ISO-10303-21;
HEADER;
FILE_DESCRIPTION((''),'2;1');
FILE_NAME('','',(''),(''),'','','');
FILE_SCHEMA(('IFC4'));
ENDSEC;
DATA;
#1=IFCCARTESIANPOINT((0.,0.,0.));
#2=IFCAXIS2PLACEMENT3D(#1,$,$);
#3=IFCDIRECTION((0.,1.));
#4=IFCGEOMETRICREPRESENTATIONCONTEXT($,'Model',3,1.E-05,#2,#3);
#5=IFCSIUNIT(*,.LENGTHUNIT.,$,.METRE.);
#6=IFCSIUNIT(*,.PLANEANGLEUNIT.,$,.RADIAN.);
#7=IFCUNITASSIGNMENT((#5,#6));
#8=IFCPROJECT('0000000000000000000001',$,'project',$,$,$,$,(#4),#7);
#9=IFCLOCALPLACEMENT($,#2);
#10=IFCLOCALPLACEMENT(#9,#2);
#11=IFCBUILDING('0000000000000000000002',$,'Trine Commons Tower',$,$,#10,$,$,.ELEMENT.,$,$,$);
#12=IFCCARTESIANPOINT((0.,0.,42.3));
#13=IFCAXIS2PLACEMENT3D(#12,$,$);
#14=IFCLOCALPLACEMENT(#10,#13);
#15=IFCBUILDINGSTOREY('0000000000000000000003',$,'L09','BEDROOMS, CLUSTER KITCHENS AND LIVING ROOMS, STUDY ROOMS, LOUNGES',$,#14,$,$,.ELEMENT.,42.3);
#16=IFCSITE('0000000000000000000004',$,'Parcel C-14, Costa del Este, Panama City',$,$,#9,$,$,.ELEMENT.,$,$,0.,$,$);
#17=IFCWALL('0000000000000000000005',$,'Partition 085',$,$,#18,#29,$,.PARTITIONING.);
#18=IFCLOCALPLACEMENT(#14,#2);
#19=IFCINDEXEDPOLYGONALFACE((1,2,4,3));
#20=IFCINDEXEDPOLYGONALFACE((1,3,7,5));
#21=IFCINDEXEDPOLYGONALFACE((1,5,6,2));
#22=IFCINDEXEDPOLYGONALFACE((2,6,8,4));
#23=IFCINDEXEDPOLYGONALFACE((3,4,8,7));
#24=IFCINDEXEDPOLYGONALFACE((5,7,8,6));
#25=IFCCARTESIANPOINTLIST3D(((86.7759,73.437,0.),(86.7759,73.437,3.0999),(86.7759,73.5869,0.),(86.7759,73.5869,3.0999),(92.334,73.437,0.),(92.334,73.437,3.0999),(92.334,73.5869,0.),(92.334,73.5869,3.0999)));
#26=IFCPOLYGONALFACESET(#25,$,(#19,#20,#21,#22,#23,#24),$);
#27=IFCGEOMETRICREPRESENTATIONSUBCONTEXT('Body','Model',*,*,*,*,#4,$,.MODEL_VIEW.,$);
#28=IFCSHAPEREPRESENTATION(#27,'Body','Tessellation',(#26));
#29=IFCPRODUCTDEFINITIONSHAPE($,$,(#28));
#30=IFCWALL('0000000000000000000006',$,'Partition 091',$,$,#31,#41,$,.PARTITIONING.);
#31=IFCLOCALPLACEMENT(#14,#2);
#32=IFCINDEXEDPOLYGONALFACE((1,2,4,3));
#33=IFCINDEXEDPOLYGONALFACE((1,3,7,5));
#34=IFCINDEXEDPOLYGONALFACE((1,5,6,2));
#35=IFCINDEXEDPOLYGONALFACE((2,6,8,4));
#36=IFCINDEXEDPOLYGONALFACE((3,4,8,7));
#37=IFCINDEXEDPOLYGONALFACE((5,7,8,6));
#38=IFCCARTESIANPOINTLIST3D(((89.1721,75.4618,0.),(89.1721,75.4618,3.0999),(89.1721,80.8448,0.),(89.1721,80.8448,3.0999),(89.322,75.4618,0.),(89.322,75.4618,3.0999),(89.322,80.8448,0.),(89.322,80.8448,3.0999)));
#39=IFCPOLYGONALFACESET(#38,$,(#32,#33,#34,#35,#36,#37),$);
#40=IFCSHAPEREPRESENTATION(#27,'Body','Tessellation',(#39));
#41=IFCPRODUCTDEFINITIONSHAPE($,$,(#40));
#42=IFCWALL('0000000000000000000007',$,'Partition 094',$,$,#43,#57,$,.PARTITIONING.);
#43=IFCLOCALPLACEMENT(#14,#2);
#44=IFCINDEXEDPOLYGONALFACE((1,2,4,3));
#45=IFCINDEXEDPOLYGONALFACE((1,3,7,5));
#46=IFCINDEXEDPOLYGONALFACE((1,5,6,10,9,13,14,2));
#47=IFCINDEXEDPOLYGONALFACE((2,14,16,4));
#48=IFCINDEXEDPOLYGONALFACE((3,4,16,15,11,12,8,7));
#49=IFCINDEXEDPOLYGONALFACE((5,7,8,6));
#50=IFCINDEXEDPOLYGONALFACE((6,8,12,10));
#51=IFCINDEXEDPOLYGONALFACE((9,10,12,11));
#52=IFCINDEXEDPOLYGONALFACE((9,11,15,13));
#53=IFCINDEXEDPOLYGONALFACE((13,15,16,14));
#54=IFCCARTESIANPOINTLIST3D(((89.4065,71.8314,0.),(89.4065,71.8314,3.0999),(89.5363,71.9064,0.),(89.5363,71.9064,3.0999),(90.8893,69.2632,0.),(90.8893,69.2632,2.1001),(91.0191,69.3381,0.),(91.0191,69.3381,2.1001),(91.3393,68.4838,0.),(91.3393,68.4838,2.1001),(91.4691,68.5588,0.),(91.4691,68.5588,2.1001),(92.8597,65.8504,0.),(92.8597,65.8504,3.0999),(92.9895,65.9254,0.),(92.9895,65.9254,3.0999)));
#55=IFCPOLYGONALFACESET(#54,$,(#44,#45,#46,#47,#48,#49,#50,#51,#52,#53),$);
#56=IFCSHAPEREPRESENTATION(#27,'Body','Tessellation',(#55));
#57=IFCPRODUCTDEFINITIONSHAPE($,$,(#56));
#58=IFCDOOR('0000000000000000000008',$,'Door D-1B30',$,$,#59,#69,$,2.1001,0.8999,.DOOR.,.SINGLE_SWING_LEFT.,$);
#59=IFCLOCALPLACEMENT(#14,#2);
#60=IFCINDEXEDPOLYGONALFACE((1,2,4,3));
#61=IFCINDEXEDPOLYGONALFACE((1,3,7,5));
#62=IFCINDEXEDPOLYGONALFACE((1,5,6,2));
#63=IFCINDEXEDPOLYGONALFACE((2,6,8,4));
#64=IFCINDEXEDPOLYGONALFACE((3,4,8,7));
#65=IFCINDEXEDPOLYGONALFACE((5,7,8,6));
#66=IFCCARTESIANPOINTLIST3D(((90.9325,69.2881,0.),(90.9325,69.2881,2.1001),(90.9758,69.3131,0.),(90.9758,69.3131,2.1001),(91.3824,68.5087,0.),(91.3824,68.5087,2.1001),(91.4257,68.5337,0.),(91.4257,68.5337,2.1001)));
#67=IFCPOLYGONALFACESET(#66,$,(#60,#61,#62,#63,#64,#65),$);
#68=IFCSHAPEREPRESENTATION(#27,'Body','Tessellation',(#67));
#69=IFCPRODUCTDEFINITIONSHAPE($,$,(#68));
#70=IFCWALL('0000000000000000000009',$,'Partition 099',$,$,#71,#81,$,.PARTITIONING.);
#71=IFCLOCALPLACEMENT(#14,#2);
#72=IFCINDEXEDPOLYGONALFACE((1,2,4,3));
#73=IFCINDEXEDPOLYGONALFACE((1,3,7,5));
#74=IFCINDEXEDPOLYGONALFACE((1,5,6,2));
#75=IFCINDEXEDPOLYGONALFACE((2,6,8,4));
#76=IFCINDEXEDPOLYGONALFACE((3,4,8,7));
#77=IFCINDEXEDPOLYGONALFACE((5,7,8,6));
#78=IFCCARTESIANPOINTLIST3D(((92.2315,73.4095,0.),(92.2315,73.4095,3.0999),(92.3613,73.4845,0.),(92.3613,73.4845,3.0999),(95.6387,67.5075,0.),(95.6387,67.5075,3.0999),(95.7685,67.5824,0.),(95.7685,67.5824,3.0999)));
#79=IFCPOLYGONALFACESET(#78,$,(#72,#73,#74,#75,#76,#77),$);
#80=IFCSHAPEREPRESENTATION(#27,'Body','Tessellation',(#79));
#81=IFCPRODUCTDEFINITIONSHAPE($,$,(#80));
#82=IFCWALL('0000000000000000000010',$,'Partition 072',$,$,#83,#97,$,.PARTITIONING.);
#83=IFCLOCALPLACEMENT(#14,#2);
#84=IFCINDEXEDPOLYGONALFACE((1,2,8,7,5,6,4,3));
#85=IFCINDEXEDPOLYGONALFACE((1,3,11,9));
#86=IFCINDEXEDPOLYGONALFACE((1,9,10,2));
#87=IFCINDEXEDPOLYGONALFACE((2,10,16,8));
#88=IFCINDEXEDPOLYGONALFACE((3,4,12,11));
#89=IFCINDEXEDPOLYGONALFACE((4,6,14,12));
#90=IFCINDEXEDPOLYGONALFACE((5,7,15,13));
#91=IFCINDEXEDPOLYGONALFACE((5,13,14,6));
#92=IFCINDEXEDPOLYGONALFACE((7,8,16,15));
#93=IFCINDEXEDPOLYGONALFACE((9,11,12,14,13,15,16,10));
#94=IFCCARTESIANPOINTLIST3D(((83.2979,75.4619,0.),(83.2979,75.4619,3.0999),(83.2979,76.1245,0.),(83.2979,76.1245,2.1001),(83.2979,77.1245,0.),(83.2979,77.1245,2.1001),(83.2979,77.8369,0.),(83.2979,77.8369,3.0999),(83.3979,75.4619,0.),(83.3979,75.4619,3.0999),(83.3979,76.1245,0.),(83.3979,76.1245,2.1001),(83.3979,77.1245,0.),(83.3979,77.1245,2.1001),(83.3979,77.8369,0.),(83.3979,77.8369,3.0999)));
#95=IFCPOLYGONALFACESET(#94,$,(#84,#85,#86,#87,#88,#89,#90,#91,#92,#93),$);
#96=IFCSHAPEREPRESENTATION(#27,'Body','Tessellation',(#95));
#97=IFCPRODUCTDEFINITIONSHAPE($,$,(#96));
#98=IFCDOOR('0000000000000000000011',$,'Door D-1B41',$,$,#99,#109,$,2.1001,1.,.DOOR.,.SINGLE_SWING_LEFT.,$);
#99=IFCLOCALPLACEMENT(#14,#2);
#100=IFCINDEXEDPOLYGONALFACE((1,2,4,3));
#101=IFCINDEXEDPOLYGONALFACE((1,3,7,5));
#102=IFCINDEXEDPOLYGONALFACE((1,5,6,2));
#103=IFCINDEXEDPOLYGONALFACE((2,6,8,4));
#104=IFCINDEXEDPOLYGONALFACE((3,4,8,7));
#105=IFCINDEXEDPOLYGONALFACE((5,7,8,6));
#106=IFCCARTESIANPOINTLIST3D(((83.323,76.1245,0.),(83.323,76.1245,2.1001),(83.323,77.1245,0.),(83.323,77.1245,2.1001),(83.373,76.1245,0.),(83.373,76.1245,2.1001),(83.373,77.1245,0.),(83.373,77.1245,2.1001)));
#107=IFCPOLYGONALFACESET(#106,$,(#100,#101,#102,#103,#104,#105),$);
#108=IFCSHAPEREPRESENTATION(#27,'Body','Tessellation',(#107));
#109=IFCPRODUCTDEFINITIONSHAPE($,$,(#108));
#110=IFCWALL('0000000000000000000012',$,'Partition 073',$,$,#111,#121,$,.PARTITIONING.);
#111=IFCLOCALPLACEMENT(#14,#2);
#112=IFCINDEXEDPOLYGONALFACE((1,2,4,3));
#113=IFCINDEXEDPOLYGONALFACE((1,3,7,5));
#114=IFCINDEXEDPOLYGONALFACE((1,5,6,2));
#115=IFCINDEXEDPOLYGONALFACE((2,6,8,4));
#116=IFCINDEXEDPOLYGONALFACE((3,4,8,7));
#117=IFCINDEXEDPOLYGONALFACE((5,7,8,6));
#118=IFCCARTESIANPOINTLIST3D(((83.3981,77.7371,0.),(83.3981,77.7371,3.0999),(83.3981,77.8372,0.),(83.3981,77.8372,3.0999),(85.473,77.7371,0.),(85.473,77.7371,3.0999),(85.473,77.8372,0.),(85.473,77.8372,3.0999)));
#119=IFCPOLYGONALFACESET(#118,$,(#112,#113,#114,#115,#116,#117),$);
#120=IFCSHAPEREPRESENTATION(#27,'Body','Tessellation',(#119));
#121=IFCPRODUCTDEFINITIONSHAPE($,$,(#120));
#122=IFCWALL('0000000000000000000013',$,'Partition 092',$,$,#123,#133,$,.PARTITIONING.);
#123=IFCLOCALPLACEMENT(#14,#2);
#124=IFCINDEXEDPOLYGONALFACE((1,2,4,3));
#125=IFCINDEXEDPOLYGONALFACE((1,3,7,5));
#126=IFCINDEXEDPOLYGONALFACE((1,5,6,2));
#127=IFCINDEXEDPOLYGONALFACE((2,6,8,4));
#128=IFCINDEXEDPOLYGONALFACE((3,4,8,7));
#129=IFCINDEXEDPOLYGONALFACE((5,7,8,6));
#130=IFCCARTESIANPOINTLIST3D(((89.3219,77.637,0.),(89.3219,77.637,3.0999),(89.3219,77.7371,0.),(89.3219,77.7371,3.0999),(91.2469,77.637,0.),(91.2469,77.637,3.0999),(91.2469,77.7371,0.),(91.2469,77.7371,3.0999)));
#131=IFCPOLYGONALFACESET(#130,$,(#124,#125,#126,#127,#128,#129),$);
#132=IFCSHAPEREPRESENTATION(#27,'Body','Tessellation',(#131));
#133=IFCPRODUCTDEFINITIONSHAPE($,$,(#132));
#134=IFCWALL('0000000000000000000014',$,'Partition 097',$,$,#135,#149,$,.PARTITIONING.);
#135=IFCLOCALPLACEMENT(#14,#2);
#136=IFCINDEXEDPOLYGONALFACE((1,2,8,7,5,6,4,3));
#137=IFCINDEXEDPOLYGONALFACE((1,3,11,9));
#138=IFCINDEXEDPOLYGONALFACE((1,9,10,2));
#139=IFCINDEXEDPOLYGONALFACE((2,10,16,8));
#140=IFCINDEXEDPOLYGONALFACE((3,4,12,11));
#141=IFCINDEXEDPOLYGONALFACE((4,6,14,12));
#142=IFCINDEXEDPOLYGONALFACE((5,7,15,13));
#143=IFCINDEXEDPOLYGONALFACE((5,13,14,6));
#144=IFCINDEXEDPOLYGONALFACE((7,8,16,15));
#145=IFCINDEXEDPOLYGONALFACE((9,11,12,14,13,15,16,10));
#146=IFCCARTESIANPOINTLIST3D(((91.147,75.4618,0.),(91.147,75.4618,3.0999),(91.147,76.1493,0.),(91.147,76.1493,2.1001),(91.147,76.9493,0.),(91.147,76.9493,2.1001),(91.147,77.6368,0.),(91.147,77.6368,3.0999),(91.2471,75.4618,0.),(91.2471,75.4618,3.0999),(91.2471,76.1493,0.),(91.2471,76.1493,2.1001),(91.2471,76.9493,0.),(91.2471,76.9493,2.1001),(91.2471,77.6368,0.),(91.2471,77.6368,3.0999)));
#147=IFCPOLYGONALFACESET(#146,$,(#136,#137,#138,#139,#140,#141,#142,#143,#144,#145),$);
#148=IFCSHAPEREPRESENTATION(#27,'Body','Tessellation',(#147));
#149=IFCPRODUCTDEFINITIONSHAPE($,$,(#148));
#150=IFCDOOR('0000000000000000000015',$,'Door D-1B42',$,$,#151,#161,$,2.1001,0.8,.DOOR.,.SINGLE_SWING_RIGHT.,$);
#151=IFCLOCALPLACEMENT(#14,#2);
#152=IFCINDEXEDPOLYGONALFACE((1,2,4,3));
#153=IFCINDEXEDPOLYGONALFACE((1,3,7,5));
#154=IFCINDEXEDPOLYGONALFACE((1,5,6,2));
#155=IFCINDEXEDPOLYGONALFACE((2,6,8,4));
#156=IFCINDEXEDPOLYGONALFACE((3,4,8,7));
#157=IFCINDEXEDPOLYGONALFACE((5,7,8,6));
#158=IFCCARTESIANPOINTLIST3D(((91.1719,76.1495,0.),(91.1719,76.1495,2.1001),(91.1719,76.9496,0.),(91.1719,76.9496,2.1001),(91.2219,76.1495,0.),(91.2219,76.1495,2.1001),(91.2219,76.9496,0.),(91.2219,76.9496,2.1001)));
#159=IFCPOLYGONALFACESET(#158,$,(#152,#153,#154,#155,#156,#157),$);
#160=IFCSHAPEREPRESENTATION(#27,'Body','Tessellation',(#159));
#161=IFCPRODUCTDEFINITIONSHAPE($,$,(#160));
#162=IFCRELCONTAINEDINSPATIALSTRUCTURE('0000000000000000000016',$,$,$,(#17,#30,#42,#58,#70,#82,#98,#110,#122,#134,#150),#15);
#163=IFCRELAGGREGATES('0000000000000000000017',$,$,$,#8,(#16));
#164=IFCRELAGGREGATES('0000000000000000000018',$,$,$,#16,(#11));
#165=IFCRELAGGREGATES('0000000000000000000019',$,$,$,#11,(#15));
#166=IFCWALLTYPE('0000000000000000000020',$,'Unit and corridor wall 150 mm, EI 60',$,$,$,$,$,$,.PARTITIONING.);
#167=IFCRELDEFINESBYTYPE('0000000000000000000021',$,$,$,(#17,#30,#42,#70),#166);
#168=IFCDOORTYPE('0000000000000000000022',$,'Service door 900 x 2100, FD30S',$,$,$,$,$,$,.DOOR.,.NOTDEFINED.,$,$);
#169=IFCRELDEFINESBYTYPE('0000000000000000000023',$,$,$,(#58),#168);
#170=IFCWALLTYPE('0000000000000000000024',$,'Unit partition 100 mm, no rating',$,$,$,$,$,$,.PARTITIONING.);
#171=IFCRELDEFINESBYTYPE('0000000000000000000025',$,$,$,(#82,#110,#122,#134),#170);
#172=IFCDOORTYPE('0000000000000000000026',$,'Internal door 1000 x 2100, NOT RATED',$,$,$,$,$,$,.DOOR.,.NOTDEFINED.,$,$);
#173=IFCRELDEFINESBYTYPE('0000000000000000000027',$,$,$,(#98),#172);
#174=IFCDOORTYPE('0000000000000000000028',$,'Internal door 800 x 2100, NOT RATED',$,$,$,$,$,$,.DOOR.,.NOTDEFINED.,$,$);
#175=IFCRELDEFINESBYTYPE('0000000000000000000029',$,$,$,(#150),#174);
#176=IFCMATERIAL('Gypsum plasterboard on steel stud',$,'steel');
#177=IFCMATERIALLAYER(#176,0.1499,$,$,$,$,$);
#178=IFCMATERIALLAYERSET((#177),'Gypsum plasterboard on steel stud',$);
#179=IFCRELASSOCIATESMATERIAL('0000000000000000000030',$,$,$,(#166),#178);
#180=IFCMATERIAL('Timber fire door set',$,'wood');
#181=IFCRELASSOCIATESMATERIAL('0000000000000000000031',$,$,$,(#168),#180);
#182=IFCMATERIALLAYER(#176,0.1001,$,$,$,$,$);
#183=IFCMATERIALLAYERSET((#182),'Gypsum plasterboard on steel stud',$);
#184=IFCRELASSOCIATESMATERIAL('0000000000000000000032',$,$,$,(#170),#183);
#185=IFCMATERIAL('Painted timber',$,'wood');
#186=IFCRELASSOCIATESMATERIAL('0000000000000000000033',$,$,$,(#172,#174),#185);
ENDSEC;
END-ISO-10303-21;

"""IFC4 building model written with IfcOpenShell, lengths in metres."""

from ifc_helpers import new_model, si_unit, direction, frame, frame_2d, origin, place, context, subcontext, project, spatial, rectangle, extrude, material, layer, layer_set, type_object, element, fill, save


model = new_model("IFC4")

# Units and contexts
model_context = context("Model", 3, precision=1e-05, world=origin(), true_north=direction((0.0, 1.0)))
body_context = subcontext(model_context, "Body", "Model", "MODEL_VIEW")
ifc_project = project(units=[si_unit("LENGTHUNIT", "METRE"), si_unit("PLANEANGLEUNIT", "RADIAN")], contexts=[model_context])

# Site, building, storey
site_placement = place(None, origin())
site = spatial("IfcSite", under=ifc_project, at=site_placement, Name="Parcel C-14, Costa del Este, Panama City", CompositionType="ELEMENT", RefElevation=0.0)
building_placement = place(site_placement, origin())
building = spatial("IfcBuilding", under=site, at=building_placement, Name="Trine Commons Tower", CompositionType="ELEMENT")
storey_placement = place(building_placement, frame((0.0, 0.0, 42.3)))
storey = spatial("IfcBuildingStorey", under=building, at=storey_placement, Name="L09", Description="BEDROOMS, CLUSTER KITCHENS AND LIVING ROOMS, STUDY ROOMS, LOUNGES", CompositionType="ELEMENT", Elevation=42.3)

# Walls
ifc_material_1 = material(Name="Gypsum plasterboard on steel stud", Category="steel")
ifc_layer_1 = layer(ifc_material_1, 0.1499)
ifc_layer_set_1 = layer_set([ifc_layer_1], Name="Gypsum plasterboard on steel stud")
wall_type_1 = type_object("IfcWallType", Name="Unit and corridor wall 150 mm, EI 60", PredefinedType="PARTITIONING", material=ifc_layer_set_1)
wall_1_placement = place(storey_placement, frame((86.7759, 73.512, 0.0), z_axis=(0.0, 0.0, 1.0), x_axis=(1.0, 0.0, 0.0)))
element("IfcWall", 1, at=wall_1_placement, inside=storey, type_object=wall_type_1, Name="Partition 085", PredefinedType="PARTITIONING", context=body_context, shape_type="SweptSolid", body=[
    extrude(rectangle(XDim=5.5581, YDim=0.1499, at=frame_2d((2.7791, 0.0))), origin(), (0.0, 0.0, 1.0), 3.0999),
])
wall_2_placement = place(storey_placement, frame((89.2471, 75.4619, 0.0), z_axis=(0.0, 0.0, 1.0), x_axis=(0.0, 1.0, 0.0)))
element("IfcWall", 2, at=wall_2_placement, inside=storey, type_object=wall_type_1, Name="Partition 091", PredefinedType="PARTITIONING", context=body_context, shape_type="SweptSolid", body=[
    extrude(rectangle(XDim=5.3831, YDim=0.1499, at=frame_2d((2.6914, 0.0))), origin(), (0.0, 0.0, 1.0), 3.0999),
])

# Wall, opening, door
wall_3_placement = place(storey_placement, frame((89.4714, 71.8689, 0.0), z_axis=(0.0, 0.0, 1.0), x_axis=(0.500002, -0.866024, 0.0)))
wall_3 = element("IfcWall", 3, at=wall_3_placement, inside=storey, type_object=wall_type_1, Name="Partition 094", PredefinedType="PARTITIONING", context=body_context, shape_type="SweptSolid", body=[
    extrude(rectangle(XDim=6.9062, YDim=0.1499, at=frame_2d((3.4531, 0.0))), origin(), (0.0, 0.0, 1.0), 3.0999),
])
opening_1_placement = place(wall_3_placement, frame((2.9656, 0.0, 0.0)))
opening_1 = element("IfcOpeningElement", 4, at=opening_1_placement, cuts=wall_3, PredefinedType="OPENING", context=body_context, shape_type="SweptSolid", body=[
    extrude(rectangle(XDim=0.8999, YDim=2.1001, at=frame_2d((0.45, 1.05))), frame((0.0, 0.085, 0.0), z_axis=(0.0, -1.0, 0.0), x_axis=(1.0, 0.0, 0.0)), (0.0, 0.0, 1.0), 0.1699),
])
ifc_material_2 = material(Name="Timber fire door set", Category="wood")
door_type_1 = type_object("IfcDoorType", Name="Service door 900 x 2100, FD30S", OperationType="NOTDEFINED", PredefinedType="DOOR", material=ifc_material_2)
door_1_placement = place(opening_1_placement, origin())
door_1 = element("IfcDoor", 5, at=door_1_placement, inside=storey, type_object=door_type_1, Name="Door D-1B30", OperationType="SINGLE_SWING_LEFT", OverallHeight=2.1001, OverallWidth=0.8999, PredefinedType="DOOR", context=body_context, shape_type="SweptSolid", body=[
    extrude(rectangle(XDim=0.8999, YDim=2.1001, at=frame_2d((0.45, 1.05))), frame((0.0, 0.0249, 0.0), z_axis=(0.0, -1.0, 0.0), x_axis=(1.0, 0.0, 0.0)), (0.0, 0.0, 1.0), 0.05),
])
fill(opening_1, door_1)

# Wall
wall_4_placement = place(storey_placement, frame((92.2964, 73.447, 0.0), z_axis=(0.0, 0.0, 1.0), x_axis=(0.499961, -0.866048, 0.0)))
element("IfcWall", 6, at=wall_4_placement, inside=storey, type_object=wall_type_1, Name="Partition 099", PredefinedType="PARTITIONING", context=body_context, shape_type="SweptSolid", body=[
    extrude(rectangle(XDim=6.8149, YDim=0.1499, at=frame_2d((3.4075, 0.0))), origin(), (0.0, 0.0, 1.0), 3.0999),
])

# Wall, opening, door
ifc_layer_2 = layer(ifc_material_1, 0.1001)
ifc_layer_set_2 = layer_set([ifc_layer_2], Name="Gypsum plasterboard on steel stud")
wall_type_2 = type_object("IfcWallType", Name="Unit partition 100 mm, no rating", PredefinedType="PARTITIONING", material=ifc_layer_set_2)
wall_5_placement = place(storey_placement, frame((83.3479, 75.4619, 0.0), z_axis=(0.0, 0.0, 1.0), x_axis=(0.0, 1.0, 0.0)))
wall_5 = element("IfcWall", 7, at=wall_5_placement, inside=storey, type_object=wall_type_2, Name="Partition 072", PredefinedType="PARTITIONING", context=body_context, shape_type="SweptSolid", body=[
    extrude(rectangle(XDim=2.375, YDim=0.1001, at=frame_2d((1.1875, 0.0))), origin(), (0.0, 0.0, 1.0), 3.0999),
])
opening_2_placement = place(wall_5_placement, frame((0.6626, 0.0, 0.0)))
opening_2 = element("IfcOpeningElement", 8, at=opening_2_placement, cuts=wall_5, PredefinedType="OPENING", context=body_context, shape_type="SweptSolid", body=[
    extrude(rectangle(XDim=1.0, YDim=2.1001, at=frame_2d((0.5, 1.05))), frame((0.0, 0.0601, 0.0), z_axis=(0.0, -1.0, 0.0), x_axis=(1.0, 0.0, 0.0)), (0.0, 0.0, 1.0), 0.1201),
])
ifc_material_3 = material(Name="Painted timber", Category="wood")
door_type_2 = type_object("IfcDoorType", Name="Internal door 1000 x 2100, NOT RATED", OperationType="NOTDEFINED", PredefinedType="DOOR", material=ifc_material_3)
door_2_placement = place(opening_2_placement, origin())
door_2 = element("IfcDoor", 9, at=door_2_placement, inside=storey, type_object=door_type_2, Name="Door D-1B41", OperationType="SINGLE_SWING_LEFT", OverallHeight=2.1001, OverallWidth=1.0, PredefinedType="DOOR", context=body_context, shape_type="SweptSolid", body=[
    extrude(rectangle(XDim=1.0, YDim=2.1001, at=frame_2d((0.5, 1.05))), frame((0.0, 0.0249, 0.0), z_axis=(0.0, -1.0, 0.0), x_axis=(1.0, 0.0, 0.0)), (0.0, 0.0, 1.0), 0.05),
])
fill(opening_2, door_2)

# Walls
wall_6_placement = place(storey_placement, frame((83.3979, 77.7871, 0.0), z_axis=(0.0, 0.0, 1.0), x_axis=(1.0, 0.0, 0.0)))
element("IfcWall", 10, at=wall_6_placement, inside=storey, type_object=wall_type_2, Name="Partition 073", PredefinedType="PARTITIONING", context=body_context, shape_type="SweptSolid", body=[
    extrude(rectangle(XDim=2.075, YDim=0.1001, at=frame_2d((1.0376, 0.0))), origin(), (0.0, 0.0, 1.0), 3.0999),
])
wall_7_placement = place(storey_placement, frame((89.322, 77.687, 0.0), z_axis=(0.0, 0.0, 1.0), x_axis=(1.0, 0.0, 0.0)))
element("IfcWall", 11, at=wall_7_placement, inside=storey, type_object=wall_type_2, Name="Partition 092", PredefinedType="PARTITIONING", context=body_context, shape_type="SweptSolid", body=[
    extrude(rectangle(XDim=1.925, YDim=0.1001, at=frame_2d((0.9624, 0.0))), origin(), (0.0, 0.0, 1.0), 3.0999),
])

# Wall, opening, door
wall_8_placement = place(storey_placement, frame((91.197, 75.4619, 0.0), z_axis=(0.0, 0.0, 1.0), x_axis=(0.0, 1.0, 0.0)))
wall_8 = element("IfcWall", 12, at=wall_8_placement, inside=storey, type_object=wall_type_2, Name="Partition 097", PredefinedType="PARTITIONING", context=body_context, shape_type="SweptSolid", body=[
    extrude(rectangle(XDim=2.175, YDim=0.1001, at=frame_2d((1.0874, 0.0))), origin(), (0.0, 0.0, 1.0), 3.0999),
])
opening_3_placement = place(wall_8_placement, frame((0.6875, 0.0, 0.0)))
opening_3 = element("IfcOpeningElement", 13, at=opening_3_placement, cuts=wall_8, PredefinedType="OPENING", context=body_context, shape_type="SweptSolid", body=[
    extrude(rectangle(XDim=0.8, YDim=2.1001, at=frame_2d((0.3999, 1.05))), frame((0.0, 0.0601, 0.0), z_axis=(0.0, -1.0, 0.0), x_axis=(1.0, 0.0, 0.0)), (0.0, 0.0, 1.0), 0.1201),
])
door_type_3 = type_object("IfcDoorType", Name="Internal door 800 x 2100, NOT RATED", OperationType="NOTDEFINED", PredefinedType="DOOR", material=ifc_material_3)
door_3_placement = place(opening_3_placement, frame((0.8, 0.0, 0.0), z_axis=(0.0, 0.0, 1.0), x_axis=(-1.0, 0.0, 0.0)))
door_3 = element("IfcDoor", 14, at=door_3_placement, inside=storey, type_object=door_type_3, Name="Door D-1B42", OperationType="SINGLE_SWING_RIGHT", OverallHeight=2.1001, OverallWidth=0.8, PredefinedType="DOOR", context=body_context, shape_type="SweptSolid", body=[
    extrude(rectangle(XDim=0.8, YDim=2.1001, at=frame_2d((0.3999, 1.05))), frame((0.0, 0.0249, 0.0), z_axis=(0.0, -1.0, 0.0), x_axis=(1.0, 0.0, 0.0)), (0.0, 0.0, 1.0), 0.05),
])
fill(opening_3, door_3)

save(model, "model.ifc")
